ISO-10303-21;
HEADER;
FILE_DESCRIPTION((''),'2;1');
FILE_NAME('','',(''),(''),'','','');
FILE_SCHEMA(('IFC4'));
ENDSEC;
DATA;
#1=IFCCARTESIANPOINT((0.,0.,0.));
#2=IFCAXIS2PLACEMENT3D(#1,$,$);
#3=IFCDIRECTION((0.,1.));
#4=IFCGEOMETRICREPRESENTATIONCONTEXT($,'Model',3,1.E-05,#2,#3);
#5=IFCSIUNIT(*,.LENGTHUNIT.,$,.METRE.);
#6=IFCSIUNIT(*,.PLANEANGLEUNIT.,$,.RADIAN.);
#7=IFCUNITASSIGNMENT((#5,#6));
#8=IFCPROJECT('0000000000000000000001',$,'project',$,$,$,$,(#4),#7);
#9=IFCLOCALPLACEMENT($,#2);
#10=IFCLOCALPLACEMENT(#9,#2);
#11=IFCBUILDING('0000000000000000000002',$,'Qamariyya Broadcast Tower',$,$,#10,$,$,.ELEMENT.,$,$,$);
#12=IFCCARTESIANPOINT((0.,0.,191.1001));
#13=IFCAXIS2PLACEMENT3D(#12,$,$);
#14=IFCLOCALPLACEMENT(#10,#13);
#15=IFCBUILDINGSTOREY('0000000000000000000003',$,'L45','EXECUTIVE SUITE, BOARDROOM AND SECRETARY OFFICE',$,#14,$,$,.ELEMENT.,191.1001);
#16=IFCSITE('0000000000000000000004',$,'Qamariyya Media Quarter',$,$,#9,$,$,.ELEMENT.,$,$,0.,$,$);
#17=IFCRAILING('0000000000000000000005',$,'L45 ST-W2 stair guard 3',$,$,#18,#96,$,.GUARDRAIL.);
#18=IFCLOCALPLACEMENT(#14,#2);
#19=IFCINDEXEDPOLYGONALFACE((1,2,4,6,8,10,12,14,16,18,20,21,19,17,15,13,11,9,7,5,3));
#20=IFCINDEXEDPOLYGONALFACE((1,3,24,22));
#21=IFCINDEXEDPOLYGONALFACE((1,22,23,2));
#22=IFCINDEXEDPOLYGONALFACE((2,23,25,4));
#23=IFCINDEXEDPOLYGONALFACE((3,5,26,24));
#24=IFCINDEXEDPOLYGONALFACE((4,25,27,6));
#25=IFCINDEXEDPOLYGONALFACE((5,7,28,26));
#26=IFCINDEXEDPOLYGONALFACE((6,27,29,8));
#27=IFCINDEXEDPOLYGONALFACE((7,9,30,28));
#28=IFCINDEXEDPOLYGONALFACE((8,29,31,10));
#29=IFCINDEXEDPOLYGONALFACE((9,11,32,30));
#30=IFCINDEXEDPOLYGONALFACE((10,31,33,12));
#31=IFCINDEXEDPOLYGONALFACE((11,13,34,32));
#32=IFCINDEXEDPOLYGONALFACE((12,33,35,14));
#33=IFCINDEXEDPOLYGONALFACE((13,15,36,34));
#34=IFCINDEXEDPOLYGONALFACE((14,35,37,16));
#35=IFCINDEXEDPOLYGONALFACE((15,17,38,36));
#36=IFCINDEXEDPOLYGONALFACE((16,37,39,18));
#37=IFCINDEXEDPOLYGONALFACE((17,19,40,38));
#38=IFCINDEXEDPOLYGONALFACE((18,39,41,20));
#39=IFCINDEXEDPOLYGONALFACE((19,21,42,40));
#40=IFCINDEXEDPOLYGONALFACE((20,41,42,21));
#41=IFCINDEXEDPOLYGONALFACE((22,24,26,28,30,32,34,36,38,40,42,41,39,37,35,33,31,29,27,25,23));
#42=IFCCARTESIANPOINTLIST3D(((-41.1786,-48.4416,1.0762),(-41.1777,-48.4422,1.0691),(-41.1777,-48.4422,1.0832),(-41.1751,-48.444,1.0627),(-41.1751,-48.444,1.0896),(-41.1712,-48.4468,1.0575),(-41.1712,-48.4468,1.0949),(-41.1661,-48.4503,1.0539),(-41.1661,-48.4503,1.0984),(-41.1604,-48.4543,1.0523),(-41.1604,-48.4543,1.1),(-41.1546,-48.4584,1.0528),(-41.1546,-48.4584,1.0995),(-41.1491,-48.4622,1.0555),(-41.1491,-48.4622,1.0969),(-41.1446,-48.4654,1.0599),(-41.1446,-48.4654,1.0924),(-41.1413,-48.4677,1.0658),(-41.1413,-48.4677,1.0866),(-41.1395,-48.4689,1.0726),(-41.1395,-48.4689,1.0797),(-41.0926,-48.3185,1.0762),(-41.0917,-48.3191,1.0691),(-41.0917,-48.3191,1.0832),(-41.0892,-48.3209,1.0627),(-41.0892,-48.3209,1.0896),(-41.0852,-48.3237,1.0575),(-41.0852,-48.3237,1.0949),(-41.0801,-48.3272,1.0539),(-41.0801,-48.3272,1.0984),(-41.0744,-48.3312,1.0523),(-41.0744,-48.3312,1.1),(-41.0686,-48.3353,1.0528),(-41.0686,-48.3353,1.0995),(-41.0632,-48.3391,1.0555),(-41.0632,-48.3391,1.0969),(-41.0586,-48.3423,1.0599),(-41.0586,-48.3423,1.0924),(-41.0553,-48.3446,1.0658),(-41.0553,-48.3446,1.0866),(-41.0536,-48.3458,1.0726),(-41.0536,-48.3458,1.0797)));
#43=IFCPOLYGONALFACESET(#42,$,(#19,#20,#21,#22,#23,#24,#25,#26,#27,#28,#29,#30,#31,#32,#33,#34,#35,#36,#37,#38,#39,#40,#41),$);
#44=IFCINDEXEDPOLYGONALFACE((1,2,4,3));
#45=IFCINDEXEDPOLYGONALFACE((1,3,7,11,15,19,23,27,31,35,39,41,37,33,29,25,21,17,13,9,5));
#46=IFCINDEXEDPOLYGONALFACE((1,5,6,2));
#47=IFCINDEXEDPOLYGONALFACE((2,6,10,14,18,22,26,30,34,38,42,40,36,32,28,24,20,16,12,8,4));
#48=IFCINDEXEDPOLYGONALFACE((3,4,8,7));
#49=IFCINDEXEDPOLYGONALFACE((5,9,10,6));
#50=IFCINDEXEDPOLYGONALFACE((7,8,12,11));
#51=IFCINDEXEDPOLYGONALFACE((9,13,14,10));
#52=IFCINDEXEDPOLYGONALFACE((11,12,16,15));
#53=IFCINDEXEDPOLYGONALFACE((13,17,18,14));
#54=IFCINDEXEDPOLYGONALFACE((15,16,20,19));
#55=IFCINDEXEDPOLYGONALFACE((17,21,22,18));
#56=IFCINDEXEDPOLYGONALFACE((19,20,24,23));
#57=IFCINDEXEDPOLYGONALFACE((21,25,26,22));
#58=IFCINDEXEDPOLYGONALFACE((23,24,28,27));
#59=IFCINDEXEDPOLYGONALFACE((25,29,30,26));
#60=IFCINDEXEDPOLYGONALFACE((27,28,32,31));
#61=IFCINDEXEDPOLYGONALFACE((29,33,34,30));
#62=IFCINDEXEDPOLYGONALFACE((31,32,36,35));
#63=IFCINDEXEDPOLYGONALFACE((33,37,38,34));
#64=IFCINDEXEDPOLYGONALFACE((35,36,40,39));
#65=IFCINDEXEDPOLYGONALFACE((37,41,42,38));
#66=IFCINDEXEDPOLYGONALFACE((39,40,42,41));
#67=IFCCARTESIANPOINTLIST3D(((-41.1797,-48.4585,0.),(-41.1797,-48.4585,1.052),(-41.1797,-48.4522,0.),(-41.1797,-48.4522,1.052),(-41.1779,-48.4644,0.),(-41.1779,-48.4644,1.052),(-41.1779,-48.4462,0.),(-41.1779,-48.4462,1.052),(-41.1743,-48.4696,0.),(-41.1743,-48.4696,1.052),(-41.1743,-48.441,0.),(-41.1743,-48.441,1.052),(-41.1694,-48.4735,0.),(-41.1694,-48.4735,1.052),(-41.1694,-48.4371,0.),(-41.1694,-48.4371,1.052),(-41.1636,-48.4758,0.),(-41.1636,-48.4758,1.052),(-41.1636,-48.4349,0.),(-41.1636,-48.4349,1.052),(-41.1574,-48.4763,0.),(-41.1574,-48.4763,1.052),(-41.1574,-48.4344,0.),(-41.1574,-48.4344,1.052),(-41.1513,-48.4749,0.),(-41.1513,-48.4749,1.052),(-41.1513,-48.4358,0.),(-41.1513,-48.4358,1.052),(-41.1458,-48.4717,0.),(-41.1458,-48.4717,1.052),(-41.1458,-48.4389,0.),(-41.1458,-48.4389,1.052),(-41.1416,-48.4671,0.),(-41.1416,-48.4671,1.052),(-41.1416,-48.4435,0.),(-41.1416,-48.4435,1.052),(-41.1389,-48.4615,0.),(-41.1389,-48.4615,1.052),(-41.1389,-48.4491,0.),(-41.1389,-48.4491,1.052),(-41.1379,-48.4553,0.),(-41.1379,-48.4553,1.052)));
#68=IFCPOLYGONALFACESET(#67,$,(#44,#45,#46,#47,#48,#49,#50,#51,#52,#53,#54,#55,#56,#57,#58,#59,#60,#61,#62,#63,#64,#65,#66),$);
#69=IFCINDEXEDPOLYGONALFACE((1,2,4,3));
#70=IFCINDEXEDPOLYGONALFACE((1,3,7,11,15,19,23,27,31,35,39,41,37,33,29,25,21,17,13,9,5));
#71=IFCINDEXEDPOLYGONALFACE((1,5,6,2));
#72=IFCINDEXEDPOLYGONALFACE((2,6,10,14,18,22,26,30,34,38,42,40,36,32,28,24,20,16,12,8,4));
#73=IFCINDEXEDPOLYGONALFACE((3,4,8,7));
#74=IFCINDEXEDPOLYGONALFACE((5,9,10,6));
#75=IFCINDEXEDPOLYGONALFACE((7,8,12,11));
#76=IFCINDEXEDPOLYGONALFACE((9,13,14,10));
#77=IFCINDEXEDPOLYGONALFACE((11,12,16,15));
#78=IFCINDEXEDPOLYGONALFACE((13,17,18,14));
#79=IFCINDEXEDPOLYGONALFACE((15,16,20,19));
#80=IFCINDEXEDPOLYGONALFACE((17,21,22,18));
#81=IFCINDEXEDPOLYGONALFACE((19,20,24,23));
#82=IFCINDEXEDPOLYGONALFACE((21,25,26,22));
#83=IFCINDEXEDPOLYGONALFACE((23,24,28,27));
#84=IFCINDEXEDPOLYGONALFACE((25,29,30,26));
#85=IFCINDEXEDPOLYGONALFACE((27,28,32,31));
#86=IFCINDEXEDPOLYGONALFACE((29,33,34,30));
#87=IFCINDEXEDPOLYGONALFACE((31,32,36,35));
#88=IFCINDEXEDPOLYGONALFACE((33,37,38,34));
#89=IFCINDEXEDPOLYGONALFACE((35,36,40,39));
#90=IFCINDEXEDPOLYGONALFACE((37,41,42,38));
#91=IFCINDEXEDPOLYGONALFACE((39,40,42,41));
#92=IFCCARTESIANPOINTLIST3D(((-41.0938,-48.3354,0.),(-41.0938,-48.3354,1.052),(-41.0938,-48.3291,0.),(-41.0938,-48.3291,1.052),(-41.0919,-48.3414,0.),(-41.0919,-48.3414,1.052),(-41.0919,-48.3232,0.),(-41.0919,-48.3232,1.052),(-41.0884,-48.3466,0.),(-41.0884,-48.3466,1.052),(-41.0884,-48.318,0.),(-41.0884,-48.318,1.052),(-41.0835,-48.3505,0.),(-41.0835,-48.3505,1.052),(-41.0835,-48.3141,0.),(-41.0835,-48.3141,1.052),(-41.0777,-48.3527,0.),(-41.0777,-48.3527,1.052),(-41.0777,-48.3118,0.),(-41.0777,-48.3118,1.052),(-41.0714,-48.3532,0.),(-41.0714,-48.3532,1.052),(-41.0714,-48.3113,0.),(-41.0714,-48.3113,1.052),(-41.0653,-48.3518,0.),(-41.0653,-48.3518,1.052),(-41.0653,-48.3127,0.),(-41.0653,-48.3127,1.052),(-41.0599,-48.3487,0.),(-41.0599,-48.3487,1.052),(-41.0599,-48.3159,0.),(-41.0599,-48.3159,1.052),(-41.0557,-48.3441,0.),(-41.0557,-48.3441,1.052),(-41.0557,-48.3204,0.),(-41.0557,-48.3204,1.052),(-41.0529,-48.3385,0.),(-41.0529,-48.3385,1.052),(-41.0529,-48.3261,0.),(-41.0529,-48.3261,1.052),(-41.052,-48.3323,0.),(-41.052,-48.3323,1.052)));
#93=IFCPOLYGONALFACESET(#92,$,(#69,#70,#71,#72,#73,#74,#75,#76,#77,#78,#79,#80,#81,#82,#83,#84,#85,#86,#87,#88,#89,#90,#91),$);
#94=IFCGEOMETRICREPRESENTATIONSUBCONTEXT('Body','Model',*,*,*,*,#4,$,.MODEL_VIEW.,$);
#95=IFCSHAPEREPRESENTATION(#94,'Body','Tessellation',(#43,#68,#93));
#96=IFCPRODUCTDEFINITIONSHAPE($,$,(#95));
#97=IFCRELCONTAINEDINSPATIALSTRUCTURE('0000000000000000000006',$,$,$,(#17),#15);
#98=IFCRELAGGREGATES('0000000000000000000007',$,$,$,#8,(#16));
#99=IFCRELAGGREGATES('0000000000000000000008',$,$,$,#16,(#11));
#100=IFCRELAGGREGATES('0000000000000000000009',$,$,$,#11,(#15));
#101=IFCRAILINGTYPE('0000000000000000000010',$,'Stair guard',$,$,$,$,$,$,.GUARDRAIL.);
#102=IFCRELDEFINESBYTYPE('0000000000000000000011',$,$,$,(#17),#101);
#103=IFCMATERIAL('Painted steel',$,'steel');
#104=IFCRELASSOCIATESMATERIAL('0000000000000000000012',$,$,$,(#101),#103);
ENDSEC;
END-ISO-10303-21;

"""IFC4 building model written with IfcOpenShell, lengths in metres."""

from ifc_helpers import new_model, si_unit, direction, frame, origin, origin_2d, place, context, subcontext, project, spatial, circle, extrude, material, type_object, element, save


model = new_model("IFC4")

# Units and contexts
model_context = context("Model", 3, precision=1e-05, world=origin(), true_north=direction((0.0, 1.0)))
body_context = subcontext(model_context, "Body", "Model", "MODEL_VIEW")
ifc_project = project(units=[si_unit("LENGTHUNIT", "METRE"), si_unit("PLANEANGLEUNIT", "RADIAN")], contexts=[model_context])

# Site, building, storey
site_placement = place(None, origin())
site = spatial("IfcSite", under=ifc_project, at=site_placement, Name="Qamariyya Media Quarter", CompositionType="ELEMENT", RefElevation=0.0)
building_placement = place(site_placement, origin())
building = spatial("IfcBuilding", under=site, at=building_placement, Name="Qamariyya Broadcast Tower", CompositionType="ELEMENT")
storey_placement = place(building_placement, frame((0.0, 0.0, 191.1001)))
storey = spatial("IfcBuildingStorey", under=building, at=storey_placement, Name="L45", Description="EXECUTIVE SUITE, BOARDROOM AND SECRETARY OFFICE", CompositionType="ELEMENT", Elevation=191.1001)

# Railing
ifc_material_1 = material(Name="Painted steel", Category="steel")
railing_type_1 = type_object("IfcRailingType", Name="Stair guard", PredefinedType="GUARDRAIL", material=ifc_material_1)
railing_1_placement = place(storey_placement, frame((-41.1589, -48.4553, 0.0)))
element("IfcRailing", 1, at=railing_1_placement, inside=storey, type_object=railing_type_1, Name="L45 ST-W2 stair guard 3", PredefinedType="GUARDRAIL", context=body_context, shape_type="SweptSolid", body=[
    extrude(circle(Radius=0.0239, at=origin_2d()), frame((0.0, 0.0, 1.0762), z_axis=(0.572589, 0.819843, 0.0), x_axis=(-0.819843, 0.572589, 0.0)), (0.0, 0.0, 1.0), 0.1501),
    extrude(circle(Radius=0.021, at=origin_2d()), origin(), (0.0, 0.0, 1.0), 1.052),
    extrude(circle(Radius=0.021, at=origin_2d()), frame((0.0859, 0.123, 0.0)), (0.0, 0.0, 1.0), 1.052),
])

save(model, "model.ifc")
